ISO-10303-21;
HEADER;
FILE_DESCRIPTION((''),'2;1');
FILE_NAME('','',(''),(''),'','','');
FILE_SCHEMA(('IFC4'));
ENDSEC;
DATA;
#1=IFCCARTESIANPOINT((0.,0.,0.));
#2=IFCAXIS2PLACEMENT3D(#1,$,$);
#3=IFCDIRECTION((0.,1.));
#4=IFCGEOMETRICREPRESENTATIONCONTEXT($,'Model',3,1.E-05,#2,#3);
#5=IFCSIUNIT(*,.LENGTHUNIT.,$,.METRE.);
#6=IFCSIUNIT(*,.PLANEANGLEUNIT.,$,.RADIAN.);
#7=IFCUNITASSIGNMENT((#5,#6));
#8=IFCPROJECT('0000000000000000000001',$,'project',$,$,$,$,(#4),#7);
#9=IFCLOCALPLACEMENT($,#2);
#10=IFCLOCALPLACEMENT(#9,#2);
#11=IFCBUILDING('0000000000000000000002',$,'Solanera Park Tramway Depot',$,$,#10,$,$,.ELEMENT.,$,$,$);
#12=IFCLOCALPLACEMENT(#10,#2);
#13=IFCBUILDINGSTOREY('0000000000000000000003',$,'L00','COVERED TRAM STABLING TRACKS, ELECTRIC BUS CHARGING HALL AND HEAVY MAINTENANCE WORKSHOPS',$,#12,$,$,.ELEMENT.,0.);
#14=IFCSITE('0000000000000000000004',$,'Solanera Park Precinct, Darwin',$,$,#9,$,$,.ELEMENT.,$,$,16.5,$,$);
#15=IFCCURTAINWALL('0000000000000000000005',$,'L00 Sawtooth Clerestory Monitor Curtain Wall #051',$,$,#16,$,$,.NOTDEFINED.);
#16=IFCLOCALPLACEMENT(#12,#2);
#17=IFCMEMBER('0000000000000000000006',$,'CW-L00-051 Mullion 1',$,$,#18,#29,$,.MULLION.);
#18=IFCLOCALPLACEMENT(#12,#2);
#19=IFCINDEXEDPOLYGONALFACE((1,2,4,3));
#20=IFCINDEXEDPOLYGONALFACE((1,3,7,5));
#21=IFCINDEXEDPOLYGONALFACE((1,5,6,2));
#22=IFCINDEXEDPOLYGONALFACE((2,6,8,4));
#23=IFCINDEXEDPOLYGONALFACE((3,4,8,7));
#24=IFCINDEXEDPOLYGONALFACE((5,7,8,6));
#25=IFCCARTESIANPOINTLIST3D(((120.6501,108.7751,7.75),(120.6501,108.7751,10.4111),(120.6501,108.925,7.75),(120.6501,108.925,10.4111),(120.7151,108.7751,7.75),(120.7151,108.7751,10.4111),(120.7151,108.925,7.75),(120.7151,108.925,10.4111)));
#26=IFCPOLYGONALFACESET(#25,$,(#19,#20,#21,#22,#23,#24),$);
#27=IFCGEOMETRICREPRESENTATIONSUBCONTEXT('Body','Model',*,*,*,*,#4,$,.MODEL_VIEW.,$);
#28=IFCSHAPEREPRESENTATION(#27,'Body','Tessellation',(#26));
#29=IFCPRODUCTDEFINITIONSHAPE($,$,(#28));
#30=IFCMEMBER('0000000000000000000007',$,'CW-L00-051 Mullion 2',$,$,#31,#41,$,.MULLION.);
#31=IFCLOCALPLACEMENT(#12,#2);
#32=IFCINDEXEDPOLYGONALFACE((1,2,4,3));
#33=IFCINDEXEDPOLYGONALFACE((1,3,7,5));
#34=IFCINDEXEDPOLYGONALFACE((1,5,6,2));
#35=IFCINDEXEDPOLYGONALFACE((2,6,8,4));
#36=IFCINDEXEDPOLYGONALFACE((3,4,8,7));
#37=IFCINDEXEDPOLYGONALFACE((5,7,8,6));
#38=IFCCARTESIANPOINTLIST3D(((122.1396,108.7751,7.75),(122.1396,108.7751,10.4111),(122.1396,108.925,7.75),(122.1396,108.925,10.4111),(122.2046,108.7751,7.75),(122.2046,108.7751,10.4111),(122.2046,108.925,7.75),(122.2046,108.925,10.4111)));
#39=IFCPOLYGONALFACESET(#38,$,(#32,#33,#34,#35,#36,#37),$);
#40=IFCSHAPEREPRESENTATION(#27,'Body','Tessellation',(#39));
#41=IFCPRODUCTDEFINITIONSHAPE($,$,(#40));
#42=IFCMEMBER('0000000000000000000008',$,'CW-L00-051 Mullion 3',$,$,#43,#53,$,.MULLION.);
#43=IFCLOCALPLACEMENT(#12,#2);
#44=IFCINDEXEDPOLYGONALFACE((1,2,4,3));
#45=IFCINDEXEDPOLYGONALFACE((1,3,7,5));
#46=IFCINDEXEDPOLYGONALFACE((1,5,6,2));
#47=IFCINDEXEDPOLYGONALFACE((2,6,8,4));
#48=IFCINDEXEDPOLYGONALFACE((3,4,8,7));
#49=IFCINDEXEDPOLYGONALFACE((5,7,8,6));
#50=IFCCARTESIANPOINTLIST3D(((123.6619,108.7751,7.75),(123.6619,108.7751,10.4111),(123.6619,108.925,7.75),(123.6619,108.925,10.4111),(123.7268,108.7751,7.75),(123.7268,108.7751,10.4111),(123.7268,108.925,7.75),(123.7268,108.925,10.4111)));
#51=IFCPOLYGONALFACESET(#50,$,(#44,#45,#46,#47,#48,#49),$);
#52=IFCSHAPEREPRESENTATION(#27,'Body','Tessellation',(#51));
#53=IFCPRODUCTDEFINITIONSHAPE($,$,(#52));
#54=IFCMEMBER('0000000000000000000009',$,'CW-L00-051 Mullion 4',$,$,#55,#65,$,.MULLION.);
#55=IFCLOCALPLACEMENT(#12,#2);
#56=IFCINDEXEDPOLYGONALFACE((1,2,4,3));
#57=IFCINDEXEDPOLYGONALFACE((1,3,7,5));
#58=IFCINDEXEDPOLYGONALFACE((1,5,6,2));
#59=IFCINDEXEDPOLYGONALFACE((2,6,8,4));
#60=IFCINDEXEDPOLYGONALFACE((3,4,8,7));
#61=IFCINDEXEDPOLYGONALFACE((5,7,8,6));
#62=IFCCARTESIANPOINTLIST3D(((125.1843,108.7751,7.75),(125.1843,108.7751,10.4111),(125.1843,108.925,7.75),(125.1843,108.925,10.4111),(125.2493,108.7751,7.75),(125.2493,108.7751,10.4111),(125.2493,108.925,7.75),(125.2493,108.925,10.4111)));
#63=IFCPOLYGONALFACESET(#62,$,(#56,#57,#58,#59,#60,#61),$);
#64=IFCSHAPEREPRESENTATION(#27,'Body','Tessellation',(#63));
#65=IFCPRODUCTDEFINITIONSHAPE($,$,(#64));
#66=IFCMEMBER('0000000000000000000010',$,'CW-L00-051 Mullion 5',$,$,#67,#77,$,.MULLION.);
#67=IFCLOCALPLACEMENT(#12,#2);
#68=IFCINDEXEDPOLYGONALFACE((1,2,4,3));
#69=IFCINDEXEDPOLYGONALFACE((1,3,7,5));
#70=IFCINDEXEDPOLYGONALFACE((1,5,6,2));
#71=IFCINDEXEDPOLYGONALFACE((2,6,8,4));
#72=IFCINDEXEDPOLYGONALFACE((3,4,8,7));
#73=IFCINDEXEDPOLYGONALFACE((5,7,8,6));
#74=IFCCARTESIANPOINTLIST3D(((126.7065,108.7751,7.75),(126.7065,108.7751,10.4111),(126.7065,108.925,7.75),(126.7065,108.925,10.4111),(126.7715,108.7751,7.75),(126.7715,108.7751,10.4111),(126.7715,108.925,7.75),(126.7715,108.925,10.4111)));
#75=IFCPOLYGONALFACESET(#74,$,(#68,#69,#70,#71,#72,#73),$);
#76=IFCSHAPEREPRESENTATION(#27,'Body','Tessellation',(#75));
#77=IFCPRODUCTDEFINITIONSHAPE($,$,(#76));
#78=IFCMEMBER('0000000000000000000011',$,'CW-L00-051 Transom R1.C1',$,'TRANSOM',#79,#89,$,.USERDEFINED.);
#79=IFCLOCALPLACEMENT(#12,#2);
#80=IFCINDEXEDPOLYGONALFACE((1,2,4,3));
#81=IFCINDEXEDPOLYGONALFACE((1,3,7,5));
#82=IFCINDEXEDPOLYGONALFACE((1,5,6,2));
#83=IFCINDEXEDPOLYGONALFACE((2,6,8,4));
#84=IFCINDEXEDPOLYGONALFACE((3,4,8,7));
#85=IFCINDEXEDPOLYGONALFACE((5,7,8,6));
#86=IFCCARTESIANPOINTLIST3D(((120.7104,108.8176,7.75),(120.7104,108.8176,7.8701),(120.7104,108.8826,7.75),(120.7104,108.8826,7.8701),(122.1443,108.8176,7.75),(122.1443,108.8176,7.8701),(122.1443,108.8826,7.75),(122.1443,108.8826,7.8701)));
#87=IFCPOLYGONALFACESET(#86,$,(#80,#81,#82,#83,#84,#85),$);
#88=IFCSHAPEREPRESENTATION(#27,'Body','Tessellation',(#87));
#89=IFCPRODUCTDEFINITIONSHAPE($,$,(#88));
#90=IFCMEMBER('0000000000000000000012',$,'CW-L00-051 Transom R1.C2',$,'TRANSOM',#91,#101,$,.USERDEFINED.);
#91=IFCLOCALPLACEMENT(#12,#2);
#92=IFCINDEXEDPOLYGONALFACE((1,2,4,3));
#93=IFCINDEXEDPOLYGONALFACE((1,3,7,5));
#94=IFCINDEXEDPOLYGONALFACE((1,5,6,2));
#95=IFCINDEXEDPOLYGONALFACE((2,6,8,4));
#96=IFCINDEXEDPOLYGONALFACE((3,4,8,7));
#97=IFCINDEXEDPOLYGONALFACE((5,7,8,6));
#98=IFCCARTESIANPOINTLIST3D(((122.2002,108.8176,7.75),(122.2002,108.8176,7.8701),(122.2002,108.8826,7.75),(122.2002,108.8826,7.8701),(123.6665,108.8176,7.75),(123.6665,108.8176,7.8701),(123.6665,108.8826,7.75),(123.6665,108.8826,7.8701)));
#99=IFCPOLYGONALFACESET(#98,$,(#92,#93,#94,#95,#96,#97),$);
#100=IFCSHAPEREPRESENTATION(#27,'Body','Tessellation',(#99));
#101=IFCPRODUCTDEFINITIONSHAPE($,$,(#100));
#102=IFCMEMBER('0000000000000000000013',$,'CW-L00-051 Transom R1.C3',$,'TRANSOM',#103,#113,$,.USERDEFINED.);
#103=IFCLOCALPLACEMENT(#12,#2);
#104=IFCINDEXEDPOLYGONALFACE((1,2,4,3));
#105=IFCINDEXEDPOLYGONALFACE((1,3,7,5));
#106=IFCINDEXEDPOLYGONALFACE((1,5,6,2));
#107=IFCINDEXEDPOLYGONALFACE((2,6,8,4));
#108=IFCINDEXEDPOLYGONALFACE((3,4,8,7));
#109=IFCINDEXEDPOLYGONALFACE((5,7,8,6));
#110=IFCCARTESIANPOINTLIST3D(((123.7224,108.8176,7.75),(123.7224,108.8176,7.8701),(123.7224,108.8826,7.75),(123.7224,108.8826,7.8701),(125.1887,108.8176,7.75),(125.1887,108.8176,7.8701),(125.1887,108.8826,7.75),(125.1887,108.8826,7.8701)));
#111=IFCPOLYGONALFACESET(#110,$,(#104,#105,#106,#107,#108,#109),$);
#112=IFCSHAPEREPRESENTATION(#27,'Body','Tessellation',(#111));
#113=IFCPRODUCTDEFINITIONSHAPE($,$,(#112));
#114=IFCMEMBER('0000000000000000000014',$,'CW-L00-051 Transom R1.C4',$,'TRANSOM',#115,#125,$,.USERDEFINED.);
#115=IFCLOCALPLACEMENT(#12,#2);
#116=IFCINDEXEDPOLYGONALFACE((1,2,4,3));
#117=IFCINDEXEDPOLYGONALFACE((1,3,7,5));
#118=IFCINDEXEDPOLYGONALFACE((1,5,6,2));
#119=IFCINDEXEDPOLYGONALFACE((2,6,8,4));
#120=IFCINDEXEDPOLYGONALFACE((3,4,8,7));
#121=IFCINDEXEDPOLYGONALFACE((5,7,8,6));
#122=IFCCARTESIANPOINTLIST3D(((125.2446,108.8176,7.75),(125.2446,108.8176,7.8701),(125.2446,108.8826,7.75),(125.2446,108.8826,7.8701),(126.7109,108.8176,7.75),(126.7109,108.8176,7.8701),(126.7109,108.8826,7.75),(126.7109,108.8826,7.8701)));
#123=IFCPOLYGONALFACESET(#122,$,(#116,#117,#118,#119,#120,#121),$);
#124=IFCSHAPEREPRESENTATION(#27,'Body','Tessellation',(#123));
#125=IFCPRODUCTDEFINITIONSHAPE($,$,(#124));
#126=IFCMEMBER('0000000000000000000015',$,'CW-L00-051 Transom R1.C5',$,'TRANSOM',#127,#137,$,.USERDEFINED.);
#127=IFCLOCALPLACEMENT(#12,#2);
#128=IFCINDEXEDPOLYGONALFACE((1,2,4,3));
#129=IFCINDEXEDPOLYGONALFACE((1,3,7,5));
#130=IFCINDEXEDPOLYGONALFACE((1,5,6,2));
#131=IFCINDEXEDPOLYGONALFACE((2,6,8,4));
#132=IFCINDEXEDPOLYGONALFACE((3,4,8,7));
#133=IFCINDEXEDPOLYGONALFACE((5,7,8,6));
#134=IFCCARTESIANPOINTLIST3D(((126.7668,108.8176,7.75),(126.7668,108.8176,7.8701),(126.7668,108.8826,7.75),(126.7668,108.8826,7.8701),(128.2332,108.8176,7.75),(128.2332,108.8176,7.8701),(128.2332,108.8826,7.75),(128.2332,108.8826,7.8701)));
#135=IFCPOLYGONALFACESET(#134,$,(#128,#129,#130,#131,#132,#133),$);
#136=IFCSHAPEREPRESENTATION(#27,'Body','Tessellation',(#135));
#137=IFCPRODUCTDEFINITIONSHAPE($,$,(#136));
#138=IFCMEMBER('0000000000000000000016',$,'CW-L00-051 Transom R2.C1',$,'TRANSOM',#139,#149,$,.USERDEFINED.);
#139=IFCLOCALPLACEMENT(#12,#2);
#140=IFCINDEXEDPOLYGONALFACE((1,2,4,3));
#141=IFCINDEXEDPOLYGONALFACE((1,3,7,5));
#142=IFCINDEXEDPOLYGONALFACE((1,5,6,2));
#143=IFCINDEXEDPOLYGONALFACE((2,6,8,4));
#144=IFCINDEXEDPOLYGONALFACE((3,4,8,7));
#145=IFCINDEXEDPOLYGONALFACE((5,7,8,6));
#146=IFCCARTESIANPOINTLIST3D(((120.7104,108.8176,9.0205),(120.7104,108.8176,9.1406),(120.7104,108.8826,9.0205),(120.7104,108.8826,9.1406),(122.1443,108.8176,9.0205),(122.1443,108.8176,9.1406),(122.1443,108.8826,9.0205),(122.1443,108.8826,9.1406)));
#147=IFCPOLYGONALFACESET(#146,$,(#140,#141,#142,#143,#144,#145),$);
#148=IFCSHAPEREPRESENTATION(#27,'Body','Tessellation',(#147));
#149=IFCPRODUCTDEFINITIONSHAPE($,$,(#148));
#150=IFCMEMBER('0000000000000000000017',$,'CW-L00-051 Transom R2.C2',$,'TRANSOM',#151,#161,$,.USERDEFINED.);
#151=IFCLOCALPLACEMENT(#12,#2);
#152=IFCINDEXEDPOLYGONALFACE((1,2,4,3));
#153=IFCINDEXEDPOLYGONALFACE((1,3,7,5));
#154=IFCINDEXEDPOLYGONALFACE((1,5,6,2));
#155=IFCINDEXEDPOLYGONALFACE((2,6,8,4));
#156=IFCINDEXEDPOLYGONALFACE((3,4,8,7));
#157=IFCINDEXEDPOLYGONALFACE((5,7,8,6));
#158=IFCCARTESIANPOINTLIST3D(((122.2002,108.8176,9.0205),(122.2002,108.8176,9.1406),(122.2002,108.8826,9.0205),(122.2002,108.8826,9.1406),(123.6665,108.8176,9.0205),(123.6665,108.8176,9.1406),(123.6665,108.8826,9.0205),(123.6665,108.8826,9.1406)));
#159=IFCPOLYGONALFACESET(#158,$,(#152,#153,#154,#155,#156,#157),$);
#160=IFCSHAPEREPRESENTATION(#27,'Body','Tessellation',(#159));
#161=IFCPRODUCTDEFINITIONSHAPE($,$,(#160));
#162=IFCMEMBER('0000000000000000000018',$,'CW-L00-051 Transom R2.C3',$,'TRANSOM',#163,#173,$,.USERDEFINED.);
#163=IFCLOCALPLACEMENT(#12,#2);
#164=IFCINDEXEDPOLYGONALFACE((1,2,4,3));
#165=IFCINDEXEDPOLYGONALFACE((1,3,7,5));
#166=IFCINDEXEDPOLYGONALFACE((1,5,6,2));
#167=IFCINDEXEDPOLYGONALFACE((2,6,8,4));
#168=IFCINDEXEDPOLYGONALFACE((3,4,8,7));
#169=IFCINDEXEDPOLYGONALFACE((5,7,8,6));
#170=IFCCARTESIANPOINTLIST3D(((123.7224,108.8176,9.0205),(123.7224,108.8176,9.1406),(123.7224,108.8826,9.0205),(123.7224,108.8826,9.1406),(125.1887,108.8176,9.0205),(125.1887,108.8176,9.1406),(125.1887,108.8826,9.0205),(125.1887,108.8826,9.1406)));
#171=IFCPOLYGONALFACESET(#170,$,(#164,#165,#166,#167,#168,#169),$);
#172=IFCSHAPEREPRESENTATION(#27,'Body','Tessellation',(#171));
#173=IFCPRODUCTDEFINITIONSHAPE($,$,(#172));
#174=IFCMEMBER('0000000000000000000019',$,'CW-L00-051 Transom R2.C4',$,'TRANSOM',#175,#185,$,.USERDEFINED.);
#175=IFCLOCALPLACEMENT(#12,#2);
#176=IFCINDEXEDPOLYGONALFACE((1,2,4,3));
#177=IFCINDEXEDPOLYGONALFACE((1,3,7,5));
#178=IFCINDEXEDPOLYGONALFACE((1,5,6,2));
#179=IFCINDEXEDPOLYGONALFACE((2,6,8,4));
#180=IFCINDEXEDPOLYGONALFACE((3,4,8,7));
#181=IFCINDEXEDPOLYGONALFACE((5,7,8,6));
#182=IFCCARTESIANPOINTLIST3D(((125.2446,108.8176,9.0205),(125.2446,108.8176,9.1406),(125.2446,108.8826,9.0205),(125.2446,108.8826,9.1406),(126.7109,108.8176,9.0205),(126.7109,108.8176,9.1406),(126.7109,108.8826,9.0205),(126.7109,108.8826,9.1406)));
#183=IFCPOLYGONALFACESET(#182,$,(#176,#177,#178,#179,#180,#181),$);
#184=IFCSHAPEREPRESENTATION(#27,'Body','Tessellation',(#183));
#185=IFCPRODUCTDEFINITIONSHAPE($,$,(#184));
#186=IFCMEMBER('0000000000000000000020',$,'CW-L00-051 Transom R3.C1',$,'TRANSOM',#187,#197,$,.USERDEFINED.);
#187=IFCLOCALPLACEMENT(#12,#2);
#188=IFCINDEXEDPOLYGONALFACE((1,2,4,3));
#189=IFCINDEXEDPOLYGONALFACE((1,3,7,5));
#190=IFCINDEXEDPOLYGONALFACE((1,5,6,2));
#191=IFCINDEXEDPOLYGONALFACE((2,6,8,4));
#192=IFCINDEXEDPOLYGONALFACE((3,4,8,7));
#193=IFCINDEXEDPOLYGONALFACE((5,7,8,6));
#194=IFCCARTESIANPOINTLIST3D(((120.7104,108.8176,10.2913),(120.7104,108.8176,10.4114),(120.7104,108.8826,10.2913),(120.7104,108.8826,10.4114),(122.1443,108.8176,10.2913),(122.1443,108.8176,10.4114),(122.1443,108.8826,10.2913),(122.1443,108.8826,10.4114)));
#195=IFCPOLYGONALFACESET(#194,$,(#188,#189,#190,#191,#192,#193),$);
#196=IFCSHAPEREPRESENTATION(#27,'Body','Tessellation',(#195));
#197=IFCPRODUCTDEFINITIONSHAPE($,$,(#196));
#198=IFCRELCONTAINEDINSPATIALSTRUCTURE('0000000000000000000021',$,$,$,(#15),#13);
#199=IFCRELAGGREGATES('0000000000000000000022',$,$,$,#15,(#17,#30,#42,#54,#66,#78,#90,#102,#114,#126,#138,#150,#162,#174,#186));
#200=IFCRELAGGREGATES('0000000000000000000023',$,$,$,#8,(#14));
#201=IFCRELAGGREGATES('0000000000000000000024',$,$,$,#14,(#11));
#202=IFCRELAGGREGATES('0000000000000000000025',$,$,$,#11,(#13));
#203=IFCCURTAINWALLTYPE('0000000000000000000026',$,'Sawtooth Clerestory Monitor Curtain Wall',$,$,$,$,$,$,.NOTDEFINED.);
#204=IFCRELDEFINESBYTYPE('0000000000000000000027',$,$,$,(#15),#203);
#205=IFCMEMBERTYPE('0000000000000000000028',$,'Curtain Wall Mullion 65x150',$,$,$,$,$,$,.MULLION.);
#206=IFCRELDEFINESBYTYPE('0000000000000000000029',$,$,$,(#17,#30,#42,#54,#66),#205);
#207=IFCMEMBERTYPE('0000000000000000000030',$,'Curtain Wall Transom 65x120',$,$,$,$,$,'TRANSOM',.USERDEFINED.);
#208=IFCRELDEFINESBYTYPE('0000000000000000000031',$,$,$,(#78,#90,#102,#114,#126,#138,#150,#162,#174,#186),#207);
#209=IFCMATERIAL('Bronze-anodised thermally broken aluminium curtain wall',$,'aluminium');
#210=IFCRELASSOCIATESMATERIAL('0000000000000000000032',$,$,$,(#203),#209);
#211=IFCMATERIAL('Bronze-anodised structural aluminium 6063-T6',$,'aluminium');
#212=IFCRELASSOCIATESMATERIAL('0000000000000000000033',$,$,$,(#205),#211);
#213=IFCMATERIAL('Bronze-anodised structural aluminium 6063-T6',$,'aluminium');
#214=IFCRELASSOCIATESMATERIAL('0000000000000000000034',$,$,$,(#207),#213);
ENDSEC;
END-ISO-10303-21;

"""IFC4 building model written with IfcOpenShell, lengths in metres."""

from ifc_helpers import new_model, si_unit, direction, frame, origin, origin_2d, place, context, subcontext, project, spatial, rectangle, extrude, material, material_profile, profile_set, type_object, element, aggregate, save


model = new_model("IFC4")

# Units and contexts
model_context = context("Model", 3, precision=1e-05, world=origin(), true_north=direction((0.0, 1.0)))
body_context = subcontext(model_context, "Body", "Model", "MODEL_VIEW")
ifc_project = project(units=[si_unit("LENGTHUNIT", "METRE"), si_unit("PLANEANGLEUNIT", "RADIAN")], contexts=[model_context])

# Site, building, storey
site_placement = place(None, origin())
site = spatial("IfcSite", under=ifc_project, at=site_placement, Name="Solanera Park Precinct, Darwin", CompositionType="ELEMENT", RefElevation=16.5)
building_placement = place(site_placement, origin())
building = spatial("IfcBuilding", under=site, at=building_placement, Name="Solanera Park Tramway Depot", CompositionType="ELEMENT")
storey_placement = place(building_placement, origin())
storey = spatial("IfcBuildingStorey", under=building, at=storey_placement, Name="L00", Description="COVERED TRAM STABLING TRACKS, ELECTRIC BUS CHARGING HALL AND HEAVY MAINTENANCE WORKSHOPS", CompositionType="ELEMENT", Elevation=0.0)

# Curtain wall, members
ifc_material_1 = material(Name="Bronze-anodised thermally broken aluminium curtain wall", Category="aluminium")
curtain_wall_type = type_object("IfcCurtainWallType", Name="Sawtooth Clerestory Monitor Curtain Wall", PredefinedType="NOTDEFINED", material=ifc_material_1)
curtain_wall_placement = place(storey_placement, origin())
curtain_wall = element("IfcCurtainWall", 1, at=curtain_wall_placement, inside=storey, type_object=curtain_wall_type, Name="L00 Sawtooth Clerestory Monitor Curtain Wall #051", PredefinedType="NOTDEFINED")
ifc_material_2 = material(Name="Bronze-anodised structural aluminium 6063-T6", Category="aluminium")
ifc_material_profile_1 = material_profile(ifc_material_2, rectangle(XDim=0.0649, YDim=0.1499, at=origin_2d()), Name="Curtain Wall Mullion 65x150")
ifc_profile_set_1 = profile_set([ifc_material_profile_1], Name="Bronze-anodised structural aluminium 6063-T6")
member_type_1 = type_object("IfcMemberType", Name="Curtain Wall Mullion 65x150", PredefinedType="MULLION", material=ifc_profile_set_1)
member_1_placement = place(storey_placement, frame((120.6826, 108.8501, 7.75), z_axis=(0.0, 0.0, 1.0), x_axis=(1.0, 0.0, 0.0)))
member_1 = element("IfcMember", 2, at=member_1_placement, type_object=member_type_1, Name="CW-L00-051 Mullion 1", PredefinedType="MULLION", context=body_context, shape_type="SweptSolid", body=[
    extrude(rectangle(XDim=0.0649, YDim=0.1499, at=origin_2d()), origin(), (0.0, 0.0, 1.0), 2.6611),
])
member_2_placement = place(storey_placement, frame((122.1721, 108.8501, 7.75), z_axis=(0.0, 0.0, 1.0), x_axis=(1.0, 0.0, 0.0)))
member_2 = element("IfcMember", 3, at=member_2_placement, type_object=member_type_1, Name="CW-L00-051 Mullion 2", PredefinedType="MULLION", context=body_context, shape_type="SweptSolid", body=[
    extrude(rectangle(XDim=0.0649, YDim=0.1499, at=origin_2d()), origin(), (0.0, 0.0, 1.0), 2.6611),
])
member_3_placement = place(storey_placement, frame((123.6943, 108.8501, 7.75), z_axis=(0.0, 0.0, 1.0), x_axis=(1.0, 0.0, 0.0)))
member_3 = element("IfcMember", 4, at=member_3_placement, type_object=member_type_1, Name="CW-L00-051 Mullion 3", PredefinedType="MULLION", context=body_context, shape_type="SweptSolid", body=[
    extrude(rectangle(XDim=0.0649, YDim=0.1499, at=origin_2d()), origin(), (0.0, 0.0, 1.0), 2.6611),
])
member_4_placement = place(storey_placement, frame((125.2168, 108.8501, 7.75), z_axis=(0.0, 0.0, 1.0), x_axis=(1.0, 0.0, 0.0)))
member_4 = element("IfcMember", 5, at=member_4_placement, type_object=member_type_1, Name="CW-L00-051 Mullion 4", PredefinedType="MULLION", context=body_context, shape_type="SweptSolid", body=[
    extrude(rectangle(XDim=0.0649, YDim=0.1499, at=origin_2d()), origin(), (0.0, 0.0, 1.0), 2.6611),
])
member_5_placement = place(storey_placement, frame((126.739, 108.8501, 7.75), z_axis=(0.0, 0.0, 1.0), x_axis=(1.0, 0.0, 0.0)))
member_5 = element("IfcMember", 6, at=member_5_placement, type_object=member_type_1, Name="CW-L00-051 Mullion 5", PredefinedType="MULLION", context=body_context, shape_type="SweptSolid", body=[
    extrude(rectangle(XDim=0.0649, YDim=0.1499, at=origin_2d()), origin(), (0.0, 0.0, 1.0), 2.6611),
])
ifc_material_3 = material(Name="Bronze-anodised structural aluminium 6063-T6", Category="aluminium")
ifc_material_profile_2 = material_profile(ifc_material_3, rectangle(XDim=0.0649, YDim=0.1201, at=origin_2d()), Name="Curtain Wall Transom 65x120")
ifc_profile_set_2 = profile_set([ifc_material_profile_2], Name="Bronze-anodised structural aluminium 6063-T6")
member_type_2 = type_object("IfcMemberType", Name="Curtain Wall Transom 65x120", ElementType="TRANSOM", PredefinedType="USERDEFINED", material=ifc_profile_set_2)
member_6_placement = place(storey_placement, frame((120.7104, 108.8501, 7.8101), z_axis=(1.0, 0.0, 0.0), x_axis=(0.0, 1.0, 0.0)))
member_6 = element("IfcMember", 7, at=member_6_placement, type_object=member_type_2, Name="CW-L00-051 Transom R1.C1", ObjectType="TRANSOM", PredefinedType="USERDEFINED", context=body_context, shape_type="SweptSolid", body=[
    extrude(rectangle(XDim=0.0649, YDim=0.1201, at=origin_2d()), origin(), (0.0, 0.0, 1.0), 1.4338),
])
member_7_placement = place(storey_placement, frame((122.2002, 108.8501, 7.8101), z_axis=(1.0, 0.0, 0.0), x_axis=(0.0, 1.0, 0.0)))
member_7 = element("IfcMember", 8, at=member_7_placement, type_object=member_type_2, Name="CW-L00-051 Transom R1.C2", ObjectType="TRANSOM", PredefinedType="USERDEFINED", context=body_context, shape_type="SweptSolid", body=[
    extrude(rectangle(XDim=0.0649, YDim=0.1201, at=origin_2d()), origin(), (0.0, 0.0, 1.0), 1.4663),
])
member_8_placement = place(storey_placement, frame((123.7224, 108.8501, 7.8101), z_axis=(1.0, 0.0, 0.0), x_axis=(0.0, 1.0, 0.0)))
member_8 = element("IfcMember", 9, at=member_8_placement, type_object=member_type_2, Name="CW-L00-051 Transom R1.C3", ObjectType="TRANSOM", PredefinedType="USERDEFINED", context=body_context, shape_type="SweptSolid", body=[
    extrude(rectangle(XDim=0.0649, YDim=0.1201, at=origin_2d()), origin(), (0.0, 0.0, 1.0), 1.4663),
])
member_9_placement = place(storey_placement, frame((125.2446, 108.8501, 7.8101), z_axis=(1.0, 0.0, 0.0), x_axis=(0.0, 1.0, 0.0)))
member_9 = element("IfcMember", 10, at=member_9_placement, type_object=member_type_2, Name="CW-L00-051 Transom R1.C4", ObjectType="TRANSOM", PredefinedType="USERDEFINED", context=body_context, shape_type="SweptSolid", body=[
    extrude(rectangle(XDim=0.0649, YDim=0.1201, at=origin_2d()), origin(), (0.0, 0.0, 1.0), 1.4663),
])
member_10_placement = place(storey_placement, frame((126.7668, 108.8501, 7.8101), z_axis=(1.0, 0.0, 0.0), x_axis=(0.0, 1.0, 0.0)))
member_10 = element("IfcMember", 11, at=member_10_placement, type_object=member_type_2, Name="CW-L00-051 Transom R1.C5", ObjectType="TRANSOM", PredefinedType="USERDEFINED", context=body_context, shape_type="SweptSolid", body=[
    extrude(rectangle(XDim=0.0649, YDim=0.1201, at=origin_2d()), origin(), (0.0, 0.0, 1.0), 1.4663),
])
member_11_placement = place(storey_placement, frame((120.7104, 108.8501, 9.0806), z_axis=(1.0, 0.0, 0.0), x_axis=(0.0, 1.0, 0.0)))
member_11 = element("IfcMember", 12, at=member_11_placement, type_object=member_type_2, Name="CW-L00-051 Transom R2.C1", ObjectType="TRANSOM", PredefinedType="USERDEFINED", context=body_context, shape_type="SweptSolid", body=[
    extrude(rectangle(XDim=0.0649, YDim=0.1201, at=origin_2d()), origin(), (0.0, 0.0, 1.0), 1.4338),
])
member_12_placement = place(storey_placement, frame((122.2002, 108.8501, 9.0806), z_axis=(1.0, 0.0, 0.0), x_axis=(0.0, 1.0, 0.0)))
member_12 = element("IfcMember", 13, at=member_12_placement, type_object=member_type_2, Name="CW-L00-051 Transom R2.C2", ObjectType="TRANSOM", PredefinedType="USERDEFINED", context=body_context, shape_type="SweptSolid", body=[
    extrude(rectangle(XDim=0.0649, YDim=0.1201, at=origin_2d()), origin(), (0.0, 0.0, 1.0), 1.4663),
])
member_13_placement = place(storey_placement, frame((123.7224, 108.8501, 9.0806), z_axis=(1.0, 0.0, 0.0), x_axis=(0.0, 1.0, 0.0)))
member_13 = element("IfcMember", 14, at=member_13_placement, type_object=member_type_2, Name="CW-L00-051 Transom R2.C3", ObjectType="TRANSOM", PredefinedType="USERDEFINED", context=body_context, shape_type="SweptSolid", body=[
    extrude(rectangle(XDim=0.0649, YDim=0.1201, at=origin_2d()), origin(), (0.0, 0.0, 1.0), 1.4663),
])
member_14_placement = place(storey_placement, frame((125.2446, 108.8501, 9.0806), z_axis=(1.0, 0.0, 0.0), x_axis=(0.0, 1.0, 0.0)))
member_14 = element("IfcMember", 15, at=member_14_placement, type_object=member_type_2, Name="CW-L00-051 Transom R2.C4", ObjectType="TRANSOM", PredefinedType="USERDEFINED", context=body_context, shape_type="SweptSolid", body=[
    extrude(rectangle(XDim=0.0649, YDim=0.1201, at=origin_2d()), origin(), (0.0, 0.0, 1.0), 1.4663),
])
member_15_placement = place(storey_placement, frame((120.7104, 108.8501, 10.3513), z_axis=(1.0, 0.0, 0.0), x_axis=(0.0, 1.0, 0.0)))
member_15 = element("IfcMember", 16, at=member_15_placement, type_object=member_type_2, Name="CW-L00-051 Transom R3.C1", ObjectType="TRANSOM", PredefinedType="USERDEFINED", context=body_context, shape_type="SweptSolid", body=[
    extrude(rectangle(XDim=0.0649, YDim=0.1201, at=origin_2d()), origin(), (0.0, 0.0, 1.0), 1.4338),
])

aggregate(curtain_wall, [member_1, member_2, member_3, member_4, member_5, member_6, member_7, member_8, member_9, member_10, member_11, member_12, member_13, member_14, member_15])

save(model, "model.ifc")
